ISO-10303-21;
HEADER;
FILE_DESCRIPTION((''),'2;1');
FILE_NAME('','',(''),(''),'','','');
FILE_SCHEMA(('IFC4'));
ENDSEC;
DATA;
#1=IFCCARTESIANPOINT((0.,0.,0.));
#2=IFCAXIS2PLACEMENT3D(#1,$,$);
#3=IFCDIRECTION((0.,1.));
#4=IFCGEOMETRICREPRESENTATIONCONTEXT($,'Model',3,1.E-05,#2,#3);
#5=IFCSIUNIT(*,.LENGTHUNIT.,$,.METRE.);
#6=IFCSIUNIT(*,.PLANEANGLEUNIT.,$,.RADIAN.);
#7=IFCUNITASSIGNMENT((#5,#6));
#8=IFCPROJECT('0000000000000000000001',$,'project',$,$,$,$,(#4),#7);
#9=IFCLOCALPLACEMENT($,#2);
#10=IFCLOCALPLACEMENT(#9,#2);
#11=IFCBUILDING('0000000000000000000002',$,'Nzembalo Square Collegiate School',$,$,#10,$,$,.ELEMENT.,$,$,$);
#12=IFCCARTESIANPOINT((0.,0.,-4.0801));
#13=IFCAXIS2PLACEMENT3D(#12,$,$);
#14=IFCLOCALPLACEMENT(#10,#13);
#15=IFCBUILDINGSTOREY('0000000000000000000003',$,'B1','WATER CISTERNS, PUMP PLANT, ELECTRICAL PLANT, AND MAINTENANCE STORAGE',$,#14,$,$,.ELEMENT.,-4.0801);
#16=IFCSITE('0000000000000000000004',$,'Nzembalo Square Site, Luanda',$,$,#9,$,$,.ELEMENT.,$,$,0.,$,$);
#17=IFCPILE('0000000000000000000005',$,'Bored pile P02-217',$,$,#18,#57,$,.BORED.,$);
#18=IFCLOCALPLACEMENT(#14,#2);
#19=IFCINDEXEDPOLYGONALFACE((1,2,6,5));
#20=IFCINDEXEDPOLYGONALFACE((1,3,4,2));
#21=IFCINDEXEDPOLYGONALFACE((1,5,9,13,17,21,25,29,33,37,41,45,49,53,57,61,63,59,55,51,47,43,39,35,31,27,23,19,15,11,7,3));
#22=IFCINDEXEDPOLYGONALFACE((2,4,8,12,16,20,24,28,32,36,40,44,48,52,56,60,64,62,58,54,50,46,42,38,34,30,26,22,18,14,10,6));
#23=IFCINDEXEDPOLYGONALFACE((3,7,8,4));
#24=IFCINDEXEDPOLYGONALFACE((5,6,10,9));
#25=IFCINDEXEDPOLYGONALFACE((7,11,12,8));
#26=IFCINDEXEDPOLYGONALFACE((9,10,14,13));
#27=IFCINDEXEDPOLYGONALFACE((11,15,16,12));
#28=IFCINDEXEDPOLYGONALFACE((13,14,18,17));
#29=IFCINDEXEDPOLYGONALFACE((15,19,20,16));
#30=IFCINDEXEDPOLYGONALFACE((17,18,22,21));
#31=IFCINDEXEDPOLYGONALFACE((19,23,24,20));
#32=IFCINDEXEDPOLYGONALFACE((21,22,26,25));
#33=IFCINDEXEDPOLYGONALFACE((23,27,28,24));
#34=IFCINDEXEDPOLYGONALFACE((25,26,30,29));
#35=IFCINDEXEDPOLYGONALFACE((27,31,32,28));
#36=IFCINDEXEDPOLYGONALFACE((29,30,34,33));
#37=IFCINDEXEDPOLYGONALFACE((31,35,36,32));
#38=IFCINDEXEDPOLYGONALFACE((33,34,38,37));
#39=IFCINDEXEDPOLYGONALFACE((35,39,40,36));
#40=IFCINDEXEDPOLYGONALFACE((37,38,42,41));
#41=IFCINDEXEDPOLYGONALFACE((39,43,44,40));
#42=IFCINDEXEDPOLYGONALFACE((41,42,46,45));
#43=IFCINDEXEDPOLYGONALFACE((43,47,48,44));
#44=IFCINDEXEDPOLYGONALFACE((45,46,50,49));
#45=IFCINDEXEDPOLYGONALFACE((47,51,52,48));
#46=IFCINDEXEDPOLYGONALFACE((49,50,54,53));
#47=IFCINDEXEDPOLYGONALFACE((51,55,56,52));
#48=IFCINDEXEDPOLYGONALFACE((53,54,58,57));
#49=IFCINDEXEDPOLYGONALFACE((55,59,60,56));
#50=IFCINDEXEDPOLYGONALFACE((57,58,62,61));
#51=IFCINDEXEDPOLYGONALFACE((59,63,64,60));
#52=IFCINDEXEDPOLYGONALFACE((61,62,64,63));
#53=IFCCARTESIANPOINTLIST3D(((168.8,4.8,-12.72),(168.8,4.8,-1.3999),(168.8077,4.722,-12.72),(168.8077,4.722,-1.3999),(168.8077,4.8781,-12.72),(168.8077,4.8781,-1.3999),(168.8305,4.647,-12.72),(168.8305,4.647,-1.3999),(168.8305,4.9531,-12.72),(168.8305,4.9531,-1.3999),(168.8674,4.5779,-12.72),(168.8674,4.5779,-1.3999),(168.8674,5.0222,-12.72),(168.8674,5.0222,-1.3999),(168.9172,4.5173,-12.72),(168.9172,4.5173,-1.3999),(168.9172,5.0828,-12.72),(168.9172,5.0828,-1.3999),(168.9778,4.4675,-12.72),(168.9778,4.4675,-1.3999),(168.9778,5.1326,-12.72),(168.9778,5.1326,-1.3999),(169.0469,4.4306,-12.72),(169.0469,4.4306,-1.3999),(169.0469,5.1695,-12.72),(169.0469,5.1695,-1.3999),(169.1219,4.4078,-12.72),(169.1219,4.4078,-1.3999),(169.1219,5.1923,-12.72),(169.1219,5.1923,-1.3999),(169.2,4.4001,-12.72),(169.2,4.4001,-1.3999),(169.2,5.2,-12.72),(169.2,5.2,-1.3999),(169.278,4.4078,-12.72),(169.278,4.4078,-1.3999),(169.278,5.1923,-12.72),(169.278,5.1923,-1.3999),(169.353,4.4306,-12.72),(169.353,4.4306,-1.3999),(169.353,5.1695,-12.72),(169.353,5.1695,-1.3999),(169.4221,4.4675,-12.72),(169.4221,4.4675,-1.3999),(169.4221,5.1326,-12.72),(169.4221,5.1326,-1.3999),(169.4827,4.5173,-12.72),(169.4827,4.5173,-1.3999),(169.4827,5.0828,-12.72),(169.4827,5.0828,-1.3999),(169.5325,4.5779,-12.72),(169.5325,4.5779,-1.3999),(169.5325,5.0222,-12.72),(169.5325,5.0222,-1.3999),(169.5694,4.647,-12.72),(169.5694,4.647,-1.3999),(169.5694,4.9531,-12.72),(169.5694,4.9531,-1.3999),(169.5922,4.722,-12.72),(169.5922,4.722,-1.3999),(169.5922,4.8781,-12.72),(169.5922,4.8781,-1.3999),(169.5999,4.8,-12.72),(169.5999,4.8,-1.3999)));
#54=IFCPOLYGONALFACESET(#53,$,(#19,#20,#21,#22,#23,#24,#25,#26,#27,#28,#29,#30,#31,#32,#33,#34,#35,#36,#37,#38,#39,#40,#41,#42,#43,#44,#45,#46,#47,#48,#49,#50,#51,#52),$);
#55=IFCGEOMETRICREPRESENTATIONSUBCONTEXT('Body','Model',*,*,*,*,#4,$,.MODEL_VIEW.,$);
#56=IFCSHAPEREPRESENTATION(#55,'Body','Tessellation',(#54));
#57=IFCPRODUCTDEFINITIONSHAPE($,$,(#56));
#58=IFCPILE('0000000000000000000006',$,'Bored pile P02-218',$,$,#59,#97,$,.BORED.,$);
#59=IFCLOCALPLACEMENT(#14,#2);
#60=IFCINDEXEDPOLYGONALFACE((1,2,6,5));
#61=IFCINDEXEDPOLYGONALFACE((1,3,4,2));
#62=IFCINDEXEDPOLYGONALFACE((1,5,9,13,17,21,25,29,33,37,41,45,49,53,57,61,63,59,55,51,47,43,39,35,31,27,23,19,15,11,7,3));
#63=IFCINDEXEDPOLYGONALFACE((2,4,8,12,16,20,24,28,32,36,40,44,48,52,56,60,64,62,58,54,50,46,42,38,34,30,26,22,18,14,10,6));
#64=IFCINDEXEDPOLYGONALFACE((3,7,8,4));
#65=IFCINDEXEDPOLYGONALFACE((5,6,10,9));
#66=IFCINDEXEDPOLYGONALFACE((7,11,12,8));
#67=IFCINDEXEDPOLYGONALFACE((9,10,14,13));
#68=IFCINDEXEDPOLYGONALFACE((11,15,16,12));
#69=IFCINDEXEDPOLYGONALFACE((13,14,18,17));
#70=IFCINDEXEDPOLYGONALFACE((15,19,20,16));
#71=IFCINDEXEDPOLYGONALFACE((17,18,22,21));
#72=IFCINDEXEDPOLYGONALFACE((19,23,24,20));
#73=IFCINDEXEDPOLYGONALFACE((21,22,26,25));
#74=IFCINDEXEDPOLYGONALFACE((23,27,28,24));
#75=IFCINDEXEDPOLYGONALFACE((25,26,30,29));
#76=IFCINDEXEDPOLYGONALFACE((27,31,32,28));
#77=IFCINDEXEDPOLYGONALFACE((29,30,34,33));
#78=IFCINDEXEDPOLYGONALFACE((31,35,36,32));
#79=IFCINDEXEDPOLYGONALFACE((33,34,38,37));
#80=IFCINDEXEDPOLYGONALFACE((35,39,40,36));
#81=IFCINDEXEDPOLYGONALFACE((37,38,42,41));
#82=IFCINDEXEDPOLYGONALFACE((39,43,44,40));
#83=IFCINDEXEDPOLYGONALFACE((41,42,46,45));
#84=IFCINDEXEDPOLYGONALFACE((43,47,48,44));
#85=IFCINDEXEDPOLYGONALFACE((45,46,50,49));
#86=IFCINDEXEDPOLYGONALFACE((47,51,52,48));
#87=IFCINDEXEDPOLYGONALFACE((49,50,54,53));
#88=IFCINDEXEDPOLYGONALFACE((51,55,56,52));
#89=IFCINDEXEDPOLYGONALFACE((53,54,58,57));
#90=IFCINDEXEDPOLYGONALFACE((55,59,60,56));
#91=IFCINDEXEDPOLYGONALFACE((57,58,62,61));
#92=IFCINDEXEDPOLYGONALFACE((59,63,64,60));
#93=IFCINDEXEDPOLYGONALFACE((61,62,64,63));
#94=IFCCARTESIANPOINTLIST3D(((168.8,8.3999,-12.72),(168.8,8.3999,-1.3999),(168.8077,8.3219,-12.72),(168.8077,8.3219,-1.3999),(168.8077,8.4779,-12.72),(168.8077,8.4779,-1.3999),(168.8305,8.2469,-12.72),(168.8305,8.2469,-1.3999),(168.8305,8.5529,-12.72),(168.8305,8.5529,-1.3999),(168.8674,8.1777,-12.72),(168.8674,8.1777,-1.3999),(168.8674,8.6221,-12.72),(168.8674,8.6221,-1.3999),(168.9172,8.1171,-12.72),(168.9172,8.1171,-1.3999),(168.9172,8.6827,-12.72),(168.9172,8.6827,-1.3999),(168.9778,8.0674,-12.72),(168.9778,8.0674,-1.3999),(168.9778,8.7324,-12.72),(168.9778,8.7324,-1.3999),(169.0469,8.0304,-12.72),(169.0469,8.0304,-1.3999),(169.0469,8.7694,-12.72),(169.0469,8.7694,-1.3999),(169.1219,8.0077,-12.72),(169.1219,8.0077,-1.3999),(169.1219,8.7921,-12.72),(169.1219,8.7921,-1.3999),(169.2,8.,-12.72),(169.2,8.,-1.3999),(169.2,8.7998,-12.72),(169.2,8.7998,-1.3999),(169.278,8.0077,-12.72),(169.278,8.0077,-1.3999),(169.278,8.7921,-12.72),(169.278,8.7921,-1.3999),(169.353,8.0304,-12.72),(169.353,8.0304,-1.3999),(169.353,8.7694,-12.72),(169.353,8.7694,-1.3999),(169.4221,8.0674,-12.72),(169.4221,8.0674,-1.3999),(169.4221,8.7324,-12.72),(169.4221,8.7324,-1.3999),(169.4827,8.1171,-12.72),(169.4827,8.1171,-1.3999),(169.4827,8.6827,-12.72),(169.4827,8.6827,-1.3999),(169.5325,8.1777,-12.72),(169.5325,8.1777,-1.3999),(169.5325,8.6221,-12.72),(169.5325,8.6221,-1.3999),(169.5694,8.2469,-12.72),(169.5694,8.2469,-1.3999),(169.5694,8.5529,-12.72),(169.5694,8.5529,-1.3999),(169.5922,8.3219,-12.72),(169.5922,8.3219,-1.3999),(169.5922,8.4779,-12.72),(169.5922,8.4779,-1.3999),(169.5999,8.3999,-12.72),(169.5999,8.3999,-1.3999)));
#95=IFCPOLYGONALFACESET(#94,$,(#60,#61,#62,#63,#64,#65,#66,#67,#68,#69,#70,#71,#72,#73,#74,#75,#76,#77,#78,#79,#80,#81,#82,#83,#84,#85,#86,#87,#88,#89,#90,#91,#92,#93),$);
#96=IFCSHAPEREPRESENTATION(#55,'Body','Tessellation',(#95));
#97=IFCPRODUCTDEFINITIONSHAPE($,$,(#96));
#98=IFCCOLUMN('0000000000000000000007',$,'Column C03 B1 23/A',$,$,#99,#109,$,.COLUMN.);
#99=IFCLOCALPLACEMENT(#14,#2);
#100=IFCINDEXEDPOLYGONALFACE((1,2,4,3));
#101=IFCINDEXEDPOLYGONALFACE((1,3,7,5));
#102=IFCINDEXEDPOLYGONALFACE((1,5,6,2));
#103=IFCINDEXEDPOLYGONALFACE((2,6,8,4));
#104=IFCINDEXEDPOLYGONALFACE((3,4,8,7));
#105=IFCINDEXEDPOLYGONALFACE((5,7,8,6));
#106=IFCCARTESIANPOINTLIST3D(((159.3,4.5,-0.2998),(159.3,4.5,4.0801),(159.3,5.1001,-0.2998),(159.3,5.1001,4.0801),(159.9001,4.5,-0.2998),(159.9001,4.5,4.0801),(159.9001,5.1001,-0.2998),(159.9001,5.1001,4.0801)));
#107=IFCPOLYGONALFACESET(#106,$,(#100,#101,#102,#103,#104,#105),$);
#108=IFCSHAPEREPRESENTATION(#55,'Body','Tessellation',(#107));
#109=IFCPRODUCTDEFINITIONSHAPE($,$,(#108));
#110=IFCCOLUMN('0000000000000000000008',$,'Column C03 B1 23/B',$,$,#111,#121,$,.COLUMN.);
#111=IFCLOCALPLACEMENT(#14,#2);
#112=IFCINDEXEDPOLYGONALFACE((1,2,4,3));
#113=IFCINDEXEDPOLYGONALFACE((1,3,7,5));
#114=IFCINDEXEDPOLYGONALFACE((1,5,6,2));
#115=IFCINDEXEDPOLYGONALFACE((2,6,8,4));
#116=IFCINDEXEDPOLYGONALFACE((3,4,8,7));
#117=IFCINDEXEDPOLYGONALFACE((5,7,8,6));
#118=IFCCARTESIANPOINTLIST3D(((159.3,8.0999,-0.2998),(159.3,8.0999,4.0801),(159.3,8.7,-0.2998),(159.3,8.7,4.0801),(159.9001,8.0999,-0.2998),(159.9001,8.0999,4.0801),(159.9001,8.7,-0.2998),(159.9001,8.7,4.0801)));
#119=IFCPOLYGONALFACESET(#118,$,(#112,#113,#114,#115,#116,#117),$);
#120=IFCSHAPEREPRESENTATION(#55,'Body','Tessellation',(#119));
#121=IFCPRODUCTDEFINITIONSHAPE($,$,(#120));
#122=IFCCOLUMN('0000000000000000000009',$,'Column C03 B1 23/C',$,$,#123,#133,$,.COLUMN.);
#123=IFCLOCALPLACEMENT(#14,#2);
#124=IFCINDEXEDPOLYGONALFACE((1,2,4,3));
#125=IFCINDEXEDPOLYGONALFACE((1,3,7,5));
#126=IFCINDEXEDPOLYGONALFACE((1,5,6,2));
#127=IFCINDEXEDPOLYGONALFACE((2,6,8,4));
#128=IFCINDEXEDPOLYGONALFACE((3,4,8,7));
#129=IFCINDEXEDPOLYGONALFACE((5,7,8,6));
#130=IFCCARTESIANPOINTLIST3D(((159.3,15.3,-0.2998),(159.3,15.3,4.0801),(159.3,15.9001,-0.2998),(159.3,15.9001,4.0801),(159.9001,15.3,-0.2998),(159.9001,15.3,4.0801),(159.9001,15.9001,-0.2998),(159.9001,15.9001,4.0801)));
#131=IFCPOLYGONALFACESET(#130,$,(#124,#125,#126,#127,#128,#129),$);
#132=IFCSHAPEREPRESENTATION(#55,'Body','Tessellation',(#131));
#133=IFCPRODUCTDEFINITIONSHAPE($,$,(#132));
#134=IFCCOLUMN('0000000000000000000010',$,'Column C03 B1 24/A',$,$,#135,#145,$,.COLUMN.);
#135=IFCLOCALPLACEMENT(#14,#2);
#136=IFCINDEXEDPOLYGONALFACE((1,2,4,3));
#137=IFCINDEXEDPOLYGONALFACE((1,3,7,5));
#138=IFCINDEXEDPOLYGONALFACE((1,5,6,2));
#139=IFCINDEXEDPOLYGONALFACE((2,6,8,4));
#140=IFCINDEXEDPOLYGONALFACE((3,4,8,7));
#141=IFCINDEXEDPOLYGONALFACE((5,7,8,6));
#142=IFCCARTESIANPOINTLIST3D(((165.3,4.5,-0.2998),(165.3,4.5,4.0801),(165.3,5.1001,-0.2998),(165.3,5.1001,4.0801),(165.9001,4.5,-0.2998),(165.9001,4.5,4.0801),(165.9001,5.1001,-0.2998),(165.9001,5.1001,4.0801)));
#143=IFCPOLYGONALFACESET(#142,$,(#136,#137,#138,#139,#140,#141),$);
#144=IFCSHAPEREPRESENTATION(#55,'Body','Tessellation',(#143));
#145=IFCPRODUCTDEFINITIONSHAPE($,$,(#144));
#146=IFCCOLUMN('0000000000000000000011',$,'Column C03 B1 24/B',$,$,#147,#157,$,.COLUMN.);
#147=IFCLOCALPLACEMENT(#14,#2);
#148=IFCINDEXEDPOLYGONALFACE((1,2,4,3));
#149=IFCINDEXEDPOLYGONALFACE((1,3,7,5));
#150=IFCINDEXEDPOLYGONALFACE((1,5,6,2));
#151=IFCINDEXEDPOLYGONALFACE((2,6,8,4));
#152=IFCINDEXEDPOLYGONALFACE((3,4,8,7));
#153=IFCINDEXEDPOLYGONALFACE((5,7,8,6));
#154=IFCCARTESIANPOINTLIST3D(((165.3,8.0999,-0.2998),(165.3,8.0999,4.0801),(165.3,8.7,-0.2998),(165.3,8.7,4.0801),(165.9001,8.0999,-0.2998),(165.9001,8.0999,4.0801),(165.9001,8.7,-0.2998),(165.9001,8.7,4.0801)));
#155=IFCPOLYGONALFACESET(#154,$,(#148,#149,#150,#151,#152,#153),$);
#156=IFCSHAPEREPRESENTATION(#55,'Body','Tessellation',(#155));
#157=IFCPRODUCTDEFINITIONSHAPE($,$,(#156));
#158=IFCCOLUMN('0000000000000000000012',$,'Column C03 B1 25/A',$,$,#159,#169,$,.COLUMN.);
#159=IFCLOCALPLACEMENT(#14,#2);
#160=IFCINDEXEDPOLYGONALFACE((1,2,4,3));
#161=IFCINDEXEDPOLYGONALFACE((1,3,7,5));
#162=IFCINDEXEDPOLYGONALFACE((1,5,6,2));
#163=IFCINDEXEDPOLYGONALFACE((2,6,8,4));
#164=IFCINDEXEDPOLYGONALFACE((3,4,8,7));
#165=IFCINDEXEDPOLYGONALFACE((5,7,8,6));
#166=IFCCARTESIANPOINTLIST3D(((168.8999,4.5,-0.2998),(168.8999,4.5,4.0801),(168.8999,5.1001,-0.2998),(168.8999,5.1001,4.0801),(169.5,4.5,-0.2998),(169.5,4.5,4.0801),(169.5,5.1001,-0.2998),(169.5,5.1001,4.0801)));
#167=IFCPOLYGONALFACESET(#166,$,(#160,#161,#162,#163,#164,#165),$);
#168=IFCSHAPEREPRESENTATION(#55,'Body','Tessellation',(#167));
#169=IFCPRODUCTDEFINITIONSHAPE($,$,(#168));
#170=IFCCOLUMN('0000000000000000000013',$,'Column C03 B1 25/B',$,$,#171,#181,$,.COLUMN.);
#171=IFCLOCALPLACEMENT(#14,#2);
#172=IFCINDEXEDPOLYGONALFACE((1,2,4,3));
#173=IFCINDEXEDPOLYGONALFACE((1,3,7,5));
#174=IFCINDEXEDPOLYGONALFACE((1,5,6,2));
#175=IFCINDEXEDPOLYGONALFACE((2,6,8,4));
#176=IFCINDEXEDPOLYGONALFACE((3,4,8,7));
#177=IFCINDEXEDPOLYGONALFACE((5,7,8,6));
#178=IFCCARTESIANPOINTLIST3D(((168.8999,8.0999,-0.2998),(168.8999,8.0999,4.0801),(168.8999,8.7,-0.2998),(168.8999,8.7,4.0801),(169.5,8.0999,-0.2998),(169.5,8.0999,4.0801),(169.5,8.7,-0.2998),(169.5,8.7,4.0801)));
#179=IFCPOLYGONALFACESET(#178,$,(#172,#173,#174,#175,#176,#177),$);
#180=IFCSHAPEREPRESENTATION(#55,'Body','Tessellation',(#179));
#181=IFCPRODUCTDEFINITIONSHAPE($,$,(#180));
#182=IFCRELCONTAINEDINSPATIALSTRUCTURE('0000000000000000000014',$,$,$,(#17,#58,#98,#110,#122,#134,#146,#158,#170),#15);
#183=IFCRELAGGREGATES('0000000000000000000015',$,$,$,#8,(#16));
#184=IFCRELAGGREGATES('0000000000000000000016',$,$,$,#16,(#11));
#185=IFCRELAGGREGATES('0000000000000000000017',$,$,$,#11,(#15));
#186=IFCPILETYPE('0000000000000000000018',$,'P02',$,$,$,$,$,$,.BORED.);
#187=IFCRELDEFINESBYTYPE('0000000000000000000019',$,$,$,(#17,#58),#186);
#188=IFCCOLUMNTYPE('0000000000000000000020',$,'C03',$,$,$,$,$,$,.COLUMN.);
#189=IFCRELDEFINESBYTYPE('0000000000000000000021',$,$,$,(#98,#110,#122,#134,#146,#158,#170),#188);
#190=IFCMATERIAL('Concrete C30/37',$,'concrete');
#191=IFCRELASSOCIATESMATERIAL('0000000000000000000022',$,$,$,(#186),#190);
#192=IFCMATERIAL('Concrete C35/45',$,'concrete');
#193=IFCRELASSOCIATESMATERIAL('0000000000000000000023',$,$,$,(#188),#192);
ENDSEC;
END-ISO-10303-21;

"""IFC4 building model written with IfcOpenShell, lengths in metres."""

from ifc_helpers import new_model, si_unit, direction, frame, origin, origin_2d, place, context, subcontext, project, spatial, rectangle, circle, extrude, material, material_profile, profile_set, type_object, element, save


model = new_model("IFC4")

# Units and contexts
model_context = context("Model", 3, precision=1e-05, world=origin(), true_north=direction((0.0, 1.0)))
body_context = subcontext(model_context, "Body", "Model", "MODEL_VIEW")
ifc_project = project(units=[si_unit("LENGTHUNIT", "METRE"), si_unit("PLANEANGLEUNIT", "RADIAN")], contexts=[model_context])

# Site, building, storey
site_placement = place(None, origin())
site = spatial("IfcSite", under=ifc_project, at=site_placement, Name="Nzembalo Square Site, Luanda", CompositionType="ELEMENT", RefElevation=0.0)
building_placement = place(site_placement, origin())
building = spatial("IfcBuilding", under=site, at=building_placement, Name="Nzembalo Square Collegiate School", CompositionType="ELEMENT")
storey_placement = place(building_placement, frame((0.0, 0.0, -4.0801)))
storey = spatial("IfcBuildingStorey", under=building, at=storey_placement, Name="B1", Description="WATER CISTERNS, PUMP PLANT, ELECTRICAL PLANT, AND MAINTENANCE STORAGE", CompositionType="ELEMENT", Elevation=-4.0801)

# Piles
ifc_material_1 = material(Name="Concrete C30/37", Category="concrete")
ifc_material_profile_1 = material_profile(ifc_material_1, circle(Radius=0.3999, at=origin_2d()), Name="PILE D800")
ifc_profile_set_1 = profile_set([ifc_material_profile_1], Name="Concrete C30/37")
pile_type_1 = type_object("IfcPileType", Name="P02", PredefinedType="BORED", material=ifc_profile_set_1)
for number, where, z_axis, x_axis, name in (
    (1, (169.2, 4.8, -1.3999), (0.0, 0.0, -1.0), (1.0, 0.0, 0.0), "Bored pile P02-217"),
    (2, (169.2, 8.3999, -1.3999), (0.0, 0.0, -1.0), (1.0, 0.0, 0.0), "Bored pile P02-218"),
):
    element("IfcPile", number, at=place(storey_placement, frame(where, z_axis=z_axis, x_axis=x_axis)), inside=storey, type_object=pile_type_1, Name=name, PredefinedType="BORED", context=body_context, shape_type="SweptSolid", body=[
        extrude(circle(Radius=0.3999, at=origin_2d()), origin(), (0.0, 0.0, 1.0), 11.3201),
    ])

# Columns
ifc_material_2 = material(Name="Concrete C35/45", Category="concrete")
ifc_material_profile_2 = material_profile(ifc_material_2, rectangle(XDim=0.6001, YDim=0.6001, at=origin_2d()), Name="RC 600x600")
ifc_profile_set_2 = profile_set([ifc_material_profile_2], Name="Concrete C35/45")
column_type = type_object("IfcColumnType", Name="C03", PredefinedType="COLUMN", material=ifc_profile_set_2)
for number, where, z_axis, x_axis, name in (
    (3, (159.6001, 4.8, -0.2998), (0.0, 0.0, 1.0), (1.0, 0.0, 0.0), "Column C03 B1 23/A"),
    (4, (159.6001, 8.3999, -0.2998), (0.0, 0.0, 1.0), (1.0, 0.0, 0.0), "Column C03 B1 23/B"),
    (5, (159.6001, 15.6001, -0.2998), (0.0, 0.0, 1.0), (1.0, 0.0, 0.0), "Column C03 B1 23/C"),
    (6, (165.6001, 4.8, -0.2998), (0.0, 0.0, 1.0), (1.0, 0.0, 0.0), "Column C03 B1 24/A"),
    (7, (165.6001, 8.3999, -0.2998), (0.0, 0.0, 1.0), (1.0, 0.0, 0.0), "Column C03 B1 24/B"),
    (8, (169.2, 4.8, -0.2998), (0.0, 0.0, 1.0), (1.0, 0.0, 0.0), "Column C03 B1 25/A"),
    (9, (169.2, 8.3999, -0.2998), (0.0, 0.0, 1.0), (1.0, 0.0, 0.0), "Column C03 B1 25/B"),
):
    element("IfcColumn", number, at=place(storey_placement, frame(where, z_axis=z_axis, x_axis=x_axis)), inside=storey, type_object=column_type, Name=name, PredefinedType="COLUMN", context=body_context, shape_type="SweptSolid", body=[
        extrude(rectangle(XDim=0.6001, YDim=0.6001, at=origin_2d()), origin(), (0.0, 0.0, 1.0), 4.3799),
    ])

save(model, "model.ifc")
